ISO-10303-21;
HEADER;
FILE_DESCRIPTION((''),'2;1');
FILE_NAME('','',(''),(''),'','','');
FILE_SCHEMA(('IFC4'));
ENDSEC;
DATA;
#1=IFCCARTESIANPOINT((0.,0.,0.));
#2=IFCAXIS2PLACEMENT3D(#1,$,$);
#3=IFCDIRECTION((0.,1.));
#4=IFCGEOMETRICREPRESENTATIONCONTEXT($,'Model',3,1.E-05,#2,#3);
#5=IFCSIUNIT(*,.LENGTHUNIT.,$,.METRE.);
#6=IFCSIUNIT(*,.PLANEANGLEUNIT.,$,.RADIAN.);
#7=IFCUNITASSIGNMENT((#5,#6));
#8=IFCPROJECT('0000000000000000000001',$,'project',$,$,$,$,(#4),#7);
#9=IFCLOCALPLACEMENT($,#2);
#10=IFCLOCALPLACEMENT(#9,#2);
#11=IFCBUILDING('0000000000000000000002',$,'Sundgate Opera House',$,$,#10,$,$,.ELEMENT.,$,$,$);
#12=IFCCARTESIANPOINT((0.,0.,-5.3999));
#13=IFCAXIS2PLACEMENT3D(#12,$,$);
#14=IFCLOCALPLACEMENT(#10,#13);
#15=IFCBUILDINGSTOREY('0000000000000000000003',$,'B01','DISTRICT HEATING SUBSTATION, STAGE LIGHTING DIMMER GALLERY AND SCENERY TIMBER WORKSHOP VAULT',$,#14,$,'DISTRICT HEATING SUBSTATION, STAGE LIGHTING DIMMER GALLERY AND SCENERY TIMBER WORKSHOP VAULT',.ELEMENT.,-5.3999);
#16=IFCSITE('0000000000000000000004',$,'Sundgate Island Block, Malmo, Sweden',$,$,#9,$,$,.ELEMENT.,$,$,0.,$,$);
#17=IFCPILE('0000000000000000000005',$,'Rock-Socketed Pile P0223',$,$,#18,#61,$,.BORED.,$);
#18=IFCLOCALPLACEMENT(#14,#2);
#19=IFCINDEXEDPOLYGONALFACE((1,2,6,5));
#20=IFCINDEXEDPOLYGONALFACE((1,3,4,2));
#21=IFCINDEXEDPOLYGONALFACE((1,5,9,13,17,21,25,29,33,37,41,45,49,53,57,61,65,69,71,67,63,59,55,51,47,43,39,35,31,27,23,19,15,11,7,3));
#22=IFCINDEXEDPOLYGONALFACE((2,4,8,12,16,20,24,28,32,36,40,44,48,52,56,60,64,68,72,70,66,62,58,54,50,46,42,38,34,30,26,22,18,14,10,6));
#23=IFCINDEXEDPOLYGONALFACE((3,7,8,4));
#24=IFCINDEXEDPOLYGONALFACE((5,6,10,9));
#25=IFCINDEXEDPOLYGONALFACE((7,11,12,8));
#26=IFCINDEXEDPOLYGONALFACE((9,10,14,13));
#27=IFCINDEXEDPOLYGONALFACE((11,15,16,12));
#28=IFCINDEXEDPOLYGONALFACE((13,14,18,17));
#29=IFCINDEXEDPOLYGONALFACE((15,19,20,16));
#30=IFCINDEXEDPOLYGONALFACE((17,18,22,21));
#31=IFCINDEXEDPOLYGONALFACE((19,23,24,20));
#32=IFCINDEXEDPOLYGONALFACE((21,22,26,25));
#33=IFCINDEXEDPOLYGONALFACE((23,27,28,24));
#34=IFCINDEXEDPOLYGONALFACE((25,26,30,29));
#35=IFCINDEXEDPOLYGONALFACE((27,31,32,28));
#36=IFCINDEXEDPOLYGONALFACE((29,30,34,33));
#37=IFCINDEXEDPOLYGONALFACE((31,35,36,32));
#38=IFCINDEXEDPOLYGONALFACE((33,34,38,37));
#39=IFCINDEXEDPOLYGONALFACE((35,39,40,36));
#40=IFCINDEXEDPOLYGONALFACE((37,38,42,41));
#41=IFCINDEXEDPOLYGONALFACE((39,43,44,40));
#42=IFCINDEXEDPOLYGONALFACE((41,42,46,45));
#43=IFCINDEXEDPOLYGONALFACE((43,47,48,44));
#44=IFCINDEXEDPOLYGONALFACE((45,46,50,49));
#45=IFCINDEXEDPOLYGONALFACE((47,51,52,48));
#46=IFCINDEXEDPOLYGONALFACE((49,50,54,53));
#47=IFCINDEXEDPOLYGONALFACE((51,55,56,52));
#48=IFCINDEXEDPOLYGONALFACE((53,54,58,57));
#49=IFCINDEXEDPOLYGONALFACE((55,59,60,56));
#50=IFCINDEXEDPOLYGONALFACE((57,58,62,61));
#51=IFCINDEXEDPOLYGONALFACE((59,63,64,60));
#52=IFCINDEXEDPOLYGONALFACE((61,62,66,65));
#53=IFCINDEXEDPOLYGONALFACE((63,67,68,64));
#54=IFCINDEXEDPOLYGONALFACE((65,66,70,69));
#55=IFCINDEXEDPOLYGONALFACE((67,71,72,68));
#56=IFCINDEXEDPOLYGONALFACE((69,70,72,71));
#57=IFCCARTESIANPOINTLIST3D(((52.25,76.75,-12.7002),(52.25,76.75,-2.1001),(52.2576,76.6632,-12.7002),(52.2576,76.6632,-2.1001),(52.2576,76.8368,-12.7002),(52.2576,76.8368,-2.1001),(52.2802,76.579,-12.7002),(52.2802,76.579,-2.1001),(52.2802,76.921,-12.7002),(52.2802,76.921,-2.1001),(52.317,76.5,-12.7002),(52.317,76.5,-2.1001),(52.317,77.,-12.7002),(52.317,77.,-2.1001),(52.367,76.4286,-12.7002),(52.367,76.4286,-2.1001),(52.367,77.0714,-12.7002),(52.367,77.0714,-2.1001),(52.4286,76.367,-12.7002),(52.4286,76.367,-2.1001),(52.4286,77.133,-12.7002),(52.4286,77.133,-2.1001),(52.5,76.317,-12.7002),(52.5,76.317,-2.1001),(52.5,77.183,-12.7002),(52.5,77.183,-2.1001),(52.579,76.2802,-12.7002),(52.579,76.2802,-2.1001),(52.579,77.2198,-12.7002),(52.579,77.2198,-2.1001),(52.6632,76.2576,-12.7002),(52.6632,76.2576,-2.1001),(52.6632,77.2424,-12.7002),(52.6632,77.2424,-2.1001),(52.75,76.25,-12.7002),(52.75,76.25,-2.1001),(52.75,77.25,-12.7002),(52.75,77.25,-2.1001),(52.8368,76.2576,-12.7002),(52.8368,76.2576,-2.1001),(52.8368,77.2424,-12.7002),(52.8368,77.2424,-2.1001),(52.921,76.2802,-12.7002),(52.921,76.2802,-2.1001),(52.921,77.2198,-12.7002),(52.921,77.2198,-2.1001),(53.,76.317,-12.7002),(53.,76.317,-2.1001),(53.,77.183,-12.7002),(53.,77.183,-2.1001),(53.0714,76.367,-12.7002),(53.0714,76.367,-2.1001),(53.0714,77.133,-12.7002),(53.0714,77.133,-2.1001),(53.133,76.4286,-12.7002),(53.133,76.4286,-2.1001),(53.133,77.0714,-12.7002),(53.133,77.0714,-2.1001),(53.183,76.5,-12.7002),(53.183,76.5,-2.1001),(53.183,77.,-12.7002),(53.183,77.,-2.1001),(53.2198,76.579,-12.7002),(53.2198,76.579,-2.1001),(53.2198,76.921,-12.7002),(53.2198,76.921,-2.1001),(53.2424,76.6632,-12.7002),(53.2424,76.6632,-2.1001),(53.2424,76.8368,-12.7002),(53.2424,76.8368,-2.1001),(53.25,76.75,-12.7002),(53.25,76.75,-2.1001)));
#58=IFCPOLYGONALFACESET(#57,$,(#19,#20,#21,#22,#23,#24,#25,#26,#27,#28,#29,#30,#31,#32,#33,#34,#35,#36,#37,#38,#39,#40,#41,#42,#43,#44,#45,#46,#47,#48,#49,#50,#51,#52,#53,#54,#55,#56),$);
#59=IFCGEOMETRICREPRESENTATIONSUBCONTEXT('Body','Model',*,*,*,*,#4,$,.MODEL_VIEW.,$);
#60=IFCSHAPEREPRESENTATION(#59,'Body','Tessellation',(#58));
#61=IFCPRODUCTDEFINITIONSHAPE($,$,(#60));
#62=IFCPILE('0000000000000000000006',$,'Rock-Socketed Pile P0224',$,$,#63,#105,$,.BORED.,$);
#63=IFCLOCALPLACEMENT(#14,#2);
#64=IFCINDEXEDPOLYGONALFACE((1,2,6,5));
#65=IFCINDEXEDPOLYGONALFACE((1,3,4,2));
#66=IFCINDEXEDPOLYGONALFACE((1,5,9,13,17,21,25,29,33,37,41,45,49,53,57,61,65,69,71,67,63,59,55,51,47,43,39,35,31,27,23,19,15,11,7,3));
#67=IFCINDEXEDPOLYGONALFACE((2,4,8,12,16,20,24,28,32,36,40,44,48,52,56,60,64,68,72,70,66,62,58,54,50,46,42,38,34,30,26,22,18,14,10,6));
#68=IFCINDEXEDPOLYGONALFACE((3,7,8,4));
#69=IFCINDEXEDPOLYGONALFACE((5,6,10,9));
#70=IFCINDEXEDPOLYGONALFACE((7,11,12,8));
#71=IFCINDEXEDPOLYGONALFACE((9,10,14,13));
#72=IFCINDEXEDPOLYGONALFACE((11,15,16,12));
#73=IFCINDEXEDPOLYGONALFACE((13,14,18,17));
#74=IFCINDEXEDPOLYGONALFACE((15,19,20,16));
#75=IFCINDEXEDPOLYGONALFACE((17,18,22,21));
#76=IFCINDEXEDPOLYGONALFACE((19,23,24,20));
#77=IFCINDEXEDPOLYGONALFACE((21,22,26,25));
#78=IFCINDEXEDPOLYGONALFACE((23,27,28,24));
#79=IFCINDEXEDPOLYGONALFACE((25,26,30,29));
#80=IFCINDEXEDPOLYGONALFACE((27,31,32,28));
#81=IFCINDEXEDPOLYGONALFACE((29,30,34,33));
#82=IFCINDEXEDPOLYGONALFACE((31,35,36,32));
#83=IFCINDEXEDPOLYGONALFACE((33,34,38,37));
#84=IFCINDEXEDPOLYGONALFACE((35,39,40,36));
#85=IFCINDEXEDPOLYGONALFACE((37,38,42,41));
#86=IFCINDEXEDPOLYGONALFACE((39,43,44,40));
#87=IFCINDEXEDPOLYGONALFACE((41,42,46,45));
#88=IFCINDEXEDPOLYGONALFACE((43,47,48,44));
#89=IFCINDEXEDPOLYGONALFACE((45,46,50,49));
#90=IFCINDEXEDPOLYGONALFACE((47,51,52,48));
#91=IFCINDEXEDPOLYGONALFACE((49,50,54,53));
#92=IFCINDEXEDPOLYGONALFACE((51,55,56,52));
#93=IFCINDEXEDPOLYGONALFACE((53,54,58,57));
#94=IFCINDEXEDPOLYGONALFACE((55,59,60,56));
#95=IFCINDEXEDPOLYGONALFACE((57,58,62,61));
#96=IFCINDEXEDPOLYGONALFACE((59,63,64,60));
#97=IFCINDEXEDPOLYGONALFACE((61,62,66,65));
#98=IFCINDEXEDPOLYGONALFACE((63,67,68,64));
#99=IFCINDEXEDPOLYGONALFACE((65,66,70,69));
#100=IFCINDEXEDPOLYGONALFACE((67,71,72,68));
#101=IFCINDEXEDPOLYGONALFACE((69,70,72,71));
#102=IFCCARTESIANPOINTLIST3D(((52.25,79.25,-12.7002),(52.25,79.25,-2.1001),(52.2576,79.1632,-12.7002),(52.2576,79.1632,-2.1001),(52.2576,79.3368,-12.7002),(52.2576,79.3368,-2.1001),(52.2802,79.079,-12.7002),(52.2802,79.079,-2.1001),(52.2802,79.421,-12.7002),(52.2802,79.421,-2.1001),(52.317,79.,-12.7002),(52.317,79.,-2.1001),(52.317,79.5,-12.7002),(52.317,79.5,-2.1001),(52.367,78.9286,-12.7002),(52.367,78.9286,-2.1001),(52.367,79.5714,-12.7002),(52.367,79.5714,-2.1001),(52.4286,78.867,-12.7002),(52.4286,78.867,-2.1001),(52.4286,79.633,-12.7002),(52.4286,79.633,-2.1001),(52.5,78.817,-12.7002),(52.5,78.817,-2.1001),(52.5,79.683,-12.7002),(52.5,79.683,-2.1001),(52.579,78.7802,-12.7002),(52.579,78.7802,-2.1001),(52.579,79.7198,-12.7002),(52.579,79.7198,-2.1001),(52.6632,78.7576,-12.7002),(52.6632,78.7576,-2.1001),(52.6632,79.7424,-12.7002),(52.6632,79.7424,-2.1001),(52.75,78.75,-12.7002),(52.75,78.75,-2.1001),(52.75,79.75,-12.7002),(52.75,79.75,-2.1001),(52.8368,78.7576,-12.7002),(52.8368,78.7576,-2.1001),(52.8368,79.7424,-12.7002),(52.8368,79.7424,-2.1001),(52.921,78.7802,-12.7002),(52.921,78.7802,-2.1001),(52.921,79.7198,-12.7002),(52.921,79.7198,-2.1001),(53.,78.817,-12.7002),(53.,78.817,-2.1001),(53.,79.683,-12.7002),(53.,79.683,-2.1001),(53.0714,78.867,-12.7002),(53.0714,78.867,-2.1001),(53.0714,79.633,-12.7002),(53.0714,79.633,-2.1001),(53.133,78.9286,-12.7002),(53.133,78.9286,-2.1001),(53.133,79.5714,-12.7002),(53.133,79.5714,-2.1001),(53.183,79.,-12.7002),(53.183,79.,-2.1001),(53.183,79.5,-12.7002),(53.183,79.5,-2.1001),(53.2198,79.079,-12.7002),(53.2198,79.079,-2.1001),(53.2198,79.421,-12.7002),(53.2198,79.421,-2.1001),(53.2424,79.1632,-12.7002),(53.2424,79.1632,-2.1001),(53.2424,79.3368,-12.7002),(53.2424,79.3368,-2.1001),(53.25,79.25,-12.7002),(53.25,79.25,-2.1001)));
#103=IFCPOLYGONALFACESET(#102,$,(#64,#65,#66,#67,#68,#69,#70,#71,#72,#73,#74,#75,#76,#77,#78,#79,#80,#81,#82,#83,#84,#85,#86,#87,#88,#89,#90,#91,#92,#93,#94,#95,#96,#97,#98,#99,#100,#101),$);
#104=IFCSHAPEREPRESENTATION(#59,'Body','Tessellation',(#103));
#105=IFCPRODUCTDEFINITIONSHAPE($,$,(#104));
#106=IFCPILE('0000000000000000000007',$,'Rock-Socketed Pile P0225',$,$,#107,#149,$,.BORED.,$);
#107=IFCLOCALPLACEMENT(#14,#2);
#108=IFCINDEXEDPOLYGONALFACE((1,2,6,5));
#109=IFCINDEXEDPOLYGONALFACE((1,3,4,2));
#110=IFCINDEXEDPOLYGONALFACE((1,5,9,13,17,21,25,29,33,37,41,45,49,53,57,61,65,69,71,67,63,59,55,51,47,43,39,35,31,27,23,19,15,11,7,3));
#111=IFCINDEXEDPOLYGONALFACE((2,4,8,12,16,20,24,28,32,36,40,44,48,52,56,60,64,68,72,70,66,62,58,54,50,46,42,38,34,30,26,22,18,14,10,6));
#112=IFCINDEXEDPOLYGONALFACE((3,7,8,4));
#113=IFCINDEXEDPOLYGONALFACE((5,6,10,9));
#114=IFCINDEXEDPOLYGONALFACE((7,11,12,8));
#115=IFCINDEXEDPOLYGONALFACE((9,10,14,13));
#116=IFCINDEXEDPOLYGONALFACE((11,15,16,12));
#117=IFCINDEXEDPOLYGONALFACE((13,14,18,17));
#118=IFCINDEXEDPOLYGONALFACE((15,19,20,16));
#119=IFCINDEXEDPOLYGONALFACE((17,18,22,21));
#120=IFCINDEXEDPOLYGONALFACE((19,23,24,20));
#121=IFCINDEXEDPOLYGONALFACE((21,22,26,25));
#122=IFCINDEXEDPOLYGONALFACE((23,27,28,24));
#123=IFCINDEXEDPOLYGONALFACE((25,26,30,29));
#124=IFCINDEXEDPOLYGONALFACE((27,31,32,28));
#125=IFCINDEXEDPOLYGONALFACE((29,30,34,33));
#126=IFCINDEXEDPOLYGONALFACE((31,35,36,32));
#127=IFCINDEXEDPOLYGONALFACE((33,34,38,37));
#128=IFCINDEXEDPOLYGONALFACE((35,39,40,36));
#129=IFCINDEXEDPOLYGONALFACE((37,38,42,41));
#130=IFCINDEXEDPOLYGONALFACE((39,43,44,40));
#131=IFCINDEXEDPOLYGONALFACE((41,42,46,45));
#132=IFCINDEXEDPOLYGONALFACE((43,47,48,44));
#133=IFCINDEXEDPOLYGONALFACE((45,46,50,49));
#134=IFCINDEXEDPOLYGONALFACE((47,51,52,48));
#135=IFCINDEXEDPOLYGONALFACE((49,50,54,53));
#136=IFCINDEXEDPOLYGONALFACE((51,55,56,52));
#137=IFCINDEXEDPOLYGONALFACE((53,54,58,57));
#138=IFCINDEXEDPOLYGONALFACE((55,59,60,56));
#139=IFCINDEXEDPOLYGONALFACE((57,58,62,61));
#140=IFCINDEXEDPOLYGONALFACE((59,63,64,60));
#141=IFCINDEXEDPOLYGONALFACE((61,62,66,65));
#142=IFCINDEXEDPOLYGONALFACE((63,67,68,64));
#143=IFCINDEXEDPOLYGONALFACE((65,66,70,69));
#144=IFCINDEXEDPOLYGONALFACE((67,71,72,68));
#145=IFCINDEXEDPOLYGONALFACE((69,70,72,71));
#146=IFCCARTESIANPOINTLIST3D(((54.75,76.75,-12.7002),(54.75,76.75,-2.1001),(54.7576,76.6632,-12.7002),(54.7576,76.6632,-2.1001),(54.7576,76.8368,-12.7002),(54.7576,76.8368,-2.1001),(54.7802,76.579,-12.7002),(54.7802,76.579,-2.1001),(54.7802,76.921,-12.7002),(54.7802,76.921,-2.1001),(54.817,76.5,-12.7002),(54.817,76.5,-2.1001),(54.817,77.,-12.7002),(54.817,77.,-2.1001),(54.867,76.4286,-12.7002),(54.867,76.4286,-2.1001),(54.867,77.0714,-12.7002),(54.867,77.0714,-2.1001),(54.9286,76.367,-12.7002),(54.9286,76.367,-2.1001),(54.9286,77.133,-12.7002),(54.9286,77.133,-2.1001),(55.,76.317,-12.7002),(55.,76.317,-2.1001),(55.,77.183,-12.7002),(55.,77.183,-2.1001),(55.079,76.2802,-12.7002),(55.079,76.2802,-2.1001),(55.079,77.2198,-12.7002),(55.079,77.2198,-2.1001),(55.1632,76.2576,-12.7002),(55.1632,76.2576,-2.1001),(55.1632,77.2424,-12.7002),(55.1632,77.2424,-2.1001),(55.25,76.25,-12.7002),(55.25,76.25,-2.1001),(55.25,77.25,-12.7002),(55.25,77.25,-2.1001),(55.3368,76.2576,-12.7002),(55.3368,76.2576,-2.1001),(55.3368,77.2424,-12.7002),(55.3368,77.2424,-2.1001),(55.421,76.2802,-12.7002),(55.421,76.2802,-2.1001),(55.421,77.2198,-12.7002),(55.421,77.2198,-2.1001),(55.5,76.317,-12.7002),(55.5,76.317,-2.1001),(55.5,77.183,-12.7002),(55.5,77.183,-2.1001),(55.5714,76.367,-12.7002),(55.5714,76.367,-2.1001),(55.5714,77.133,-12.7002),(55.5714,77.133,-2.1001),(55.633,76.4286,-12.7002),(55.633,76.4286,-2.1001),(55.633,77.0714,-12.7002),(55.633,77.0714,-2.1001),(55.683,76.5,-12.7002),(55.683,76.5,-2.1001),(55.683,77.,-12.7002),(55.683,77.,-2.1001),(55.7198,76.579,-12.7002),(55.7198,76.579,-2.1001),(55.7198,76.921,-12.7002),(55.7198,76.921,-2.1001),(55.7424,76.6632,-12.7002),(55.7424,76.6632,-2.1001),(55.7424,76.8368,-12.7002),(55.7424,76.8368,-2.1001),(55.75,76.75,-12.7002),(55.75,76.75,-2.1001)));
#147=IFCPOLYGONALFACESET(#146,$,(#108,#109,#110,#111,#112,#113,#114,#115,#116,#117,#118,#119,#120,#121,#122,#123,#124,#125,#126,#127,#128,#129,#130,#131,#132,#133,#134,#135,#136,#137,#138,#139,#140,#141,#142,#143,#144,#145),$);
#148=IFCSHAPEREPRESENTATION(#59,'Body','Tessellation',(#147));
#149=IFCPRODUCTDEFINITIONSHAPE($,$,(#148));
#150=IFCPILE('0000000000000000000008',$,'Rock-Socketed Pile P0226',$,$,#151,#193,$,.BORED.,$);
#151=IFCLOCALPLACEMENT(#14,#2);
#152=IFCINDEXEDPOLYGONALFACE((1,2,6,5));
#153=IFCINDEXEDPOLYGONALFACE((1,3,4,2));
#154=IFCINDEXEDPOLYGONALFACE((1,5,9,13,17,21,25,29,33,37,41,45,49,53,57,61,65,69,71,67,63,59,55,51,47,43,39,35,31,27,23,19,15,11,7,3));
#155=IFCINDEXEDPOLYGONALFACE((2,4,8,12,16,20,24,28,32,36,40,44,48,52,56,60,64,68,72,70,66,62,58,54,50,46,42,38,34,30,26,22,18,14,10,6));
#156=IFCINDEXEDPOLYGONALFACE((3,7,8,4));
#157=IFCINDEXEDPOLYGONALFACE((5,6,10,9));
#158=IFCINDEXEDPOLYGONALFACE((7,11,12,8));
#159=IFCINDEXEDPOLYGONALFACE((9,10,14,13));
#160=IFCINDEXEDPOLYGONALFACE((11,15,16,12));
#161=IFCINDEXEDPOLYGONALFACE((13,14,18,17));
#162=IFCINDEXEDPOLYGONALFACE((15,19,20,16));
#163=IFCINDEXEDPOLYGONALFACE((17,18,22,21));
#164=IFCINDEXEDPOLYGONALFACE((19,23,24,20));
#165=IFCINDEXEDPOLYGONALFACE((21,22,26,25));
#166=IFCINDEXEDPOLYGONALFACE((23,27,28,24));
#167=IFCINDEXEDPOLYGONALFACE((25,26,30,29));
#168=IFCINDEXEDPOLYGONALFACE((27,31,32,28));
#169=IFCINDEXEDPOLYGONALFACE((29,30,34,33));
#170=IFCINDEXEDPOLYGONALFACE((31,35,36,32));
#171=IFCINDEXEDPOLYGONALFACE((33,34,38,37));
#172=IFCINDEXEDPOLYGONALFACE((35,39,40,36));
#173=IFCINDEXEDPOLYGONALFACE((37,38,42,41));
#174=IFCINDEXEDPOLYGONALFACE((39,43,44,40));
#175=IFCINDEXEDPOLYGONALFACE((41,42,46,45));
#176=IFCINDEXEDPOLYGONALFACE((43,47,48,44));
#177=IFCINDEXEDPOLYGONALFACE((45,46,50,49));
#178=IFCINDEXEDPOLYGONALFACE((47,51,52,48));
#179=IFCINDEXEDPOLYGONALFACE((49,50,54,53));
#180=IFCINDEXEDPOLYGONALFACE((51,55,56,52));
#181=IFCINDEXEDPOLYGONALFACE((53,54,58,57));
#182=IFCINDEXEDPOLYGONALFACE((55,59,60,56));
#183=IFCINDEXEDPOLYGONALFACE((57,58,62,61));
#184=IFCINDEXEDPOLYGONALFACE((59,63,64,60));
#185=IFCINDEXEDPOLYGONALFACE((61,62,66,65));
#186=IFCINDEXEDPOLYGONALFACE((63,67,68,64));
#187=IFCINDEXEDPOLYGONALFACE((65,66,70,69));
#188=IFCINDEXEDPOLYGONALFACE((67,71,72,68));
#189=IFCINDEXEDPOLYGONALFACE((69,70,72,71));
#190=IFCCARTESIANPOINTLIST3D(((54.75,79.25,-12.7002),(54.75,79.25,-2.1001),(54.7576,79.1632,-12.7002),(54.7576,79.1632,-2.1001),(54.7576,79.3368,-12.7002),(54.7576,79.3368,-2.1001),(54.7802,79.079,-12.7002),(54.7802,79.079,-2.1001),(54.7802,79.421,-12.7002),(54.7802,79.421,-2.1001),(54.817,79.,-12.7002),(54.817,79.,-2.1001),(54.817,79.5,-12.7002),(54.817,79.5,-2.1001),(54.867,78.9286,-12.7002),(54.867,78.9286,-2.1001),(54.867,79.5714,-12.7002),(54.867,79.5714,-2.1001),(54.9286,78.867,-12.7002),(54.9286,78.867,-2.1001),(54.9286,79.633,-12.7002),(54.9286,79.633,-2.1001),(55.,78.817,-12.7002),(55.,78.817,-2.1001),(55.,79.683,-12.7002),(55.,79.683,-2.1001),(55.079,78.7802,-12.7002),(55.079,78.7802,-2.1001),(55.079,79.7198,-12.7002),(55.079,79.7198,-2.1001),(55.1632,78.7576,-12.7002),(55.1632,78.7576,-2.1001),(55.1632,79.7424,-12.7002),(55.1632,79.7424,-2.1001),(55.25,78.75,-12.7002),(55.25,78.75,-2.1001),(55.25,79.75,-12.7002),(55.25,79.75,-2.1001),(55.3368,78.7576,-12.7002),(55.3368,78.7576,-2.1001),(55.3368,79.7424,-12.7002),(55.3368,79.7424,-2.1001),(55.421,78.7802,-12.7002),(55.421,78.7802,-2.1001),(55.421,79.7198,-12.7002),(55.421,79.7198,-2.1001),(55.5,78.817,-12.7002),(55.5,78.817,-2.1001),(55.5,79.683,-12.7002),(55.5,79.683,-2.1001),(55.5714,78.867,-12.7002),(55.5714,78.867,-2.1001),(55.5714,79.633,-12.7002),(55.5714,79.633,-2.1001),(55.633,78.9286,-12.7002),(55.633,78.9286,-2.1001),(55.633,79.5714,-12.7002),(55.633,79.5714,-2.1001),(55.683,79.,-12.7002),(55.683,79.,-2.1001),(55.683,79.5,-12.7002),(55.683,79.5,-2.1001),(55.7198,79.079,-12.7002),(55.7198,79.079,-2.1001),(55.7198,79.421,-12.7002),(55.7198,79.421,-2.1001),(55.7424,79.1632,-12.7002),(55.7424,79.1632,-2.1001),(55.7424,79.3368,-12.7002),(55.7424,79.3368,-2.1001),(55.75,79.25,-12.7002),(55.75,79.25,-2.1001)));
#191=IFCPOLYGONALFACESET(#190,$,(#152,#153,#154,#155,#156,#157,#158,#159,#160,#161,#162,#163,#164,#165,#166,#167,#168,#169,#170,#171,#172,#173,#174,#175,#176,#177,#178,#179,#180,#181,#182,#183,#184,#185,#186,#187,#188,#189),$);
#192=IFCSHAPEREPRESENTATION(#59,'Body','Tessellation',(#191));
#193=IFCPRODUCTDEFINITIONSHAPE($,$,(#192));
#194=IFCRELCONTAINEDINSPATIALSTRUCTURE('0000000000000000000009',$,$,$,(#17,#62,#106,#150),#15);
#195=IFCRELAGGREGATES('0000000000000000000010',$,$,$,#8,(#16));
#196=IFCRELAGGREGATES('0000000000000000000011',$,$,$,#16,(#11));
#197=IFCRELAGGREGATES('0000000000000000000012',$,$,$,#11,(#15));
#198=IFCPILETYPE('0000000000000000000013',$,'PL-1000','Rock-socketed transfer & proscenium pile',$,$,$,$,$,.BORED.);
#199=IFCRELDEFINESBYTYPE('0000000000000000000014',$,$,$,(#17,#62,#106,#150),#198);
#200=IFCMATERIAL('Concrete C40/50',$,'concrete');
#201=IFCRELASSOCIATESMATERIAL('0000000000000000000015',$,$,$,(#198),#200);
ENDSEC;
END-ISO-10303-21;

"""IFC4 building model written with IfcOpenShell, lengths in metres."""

from ifc_helpers import new_model, si_unit, direction, frame, origin, origin_2d, place, context, subcontext, project, spatial, circle, extrude, material, material_profile, profile_set, type_object, element, save


model = new_model("IFC4")

# Units and contexts
model_context = context("Model", 3, precision=1e-05, world=origin(), true_north=direction((0.0, 1.0)))
body_context = subcontext(model_context, "Body", "Model", "MODEL_VIEW")
ifc_project = project(units=[si_unit("LENGTHUNIT", "METRE"), si_unit("PLANEANGLEUNIT", "RADIAN")], contexts=[model_context])

# Site, building, storey
site_placement = place(None, origin())
site = spatial("IfcSite", under=ifc_project, at=site_placement, Name="Sundgate Island Block, Malmo, Sweden", CompositionType="ELEMENT", RefElevation=0.0)
building_placement = place(site_placement, origin())
building = spatial("IfcBuilding", under=site, at=building_placement, Name="Sundgate Opera House", CompositionType="ELEMENT")
storey_placement = place(building_placement, frame((0.0, 0.0, -5.3999)))
storey = spatial("IfcBuildingStorey", under=building, at=storey_placement, Name="B01", Description="DISTRICT HEATING SUBSTATION, STAGE LIGHTING DIMMER GALLERY AND SCENERY TIMBER WORKSHOP VAULT", LongName="DISTRICT HEATING SUBSTATION, STAGE LIGHTING DIMMER GALLERY AND SCENERY TIMBER WORKSHOP VAULT", CompositionType="ELEMENT", Elevation=-5.3999)

# Piles
ifc_material_1 = material(Name="Concrete C40/50", Category="concrete")
ifc_material_profile_1 = material_profile(ifc_material_1, circle(Radius=0.5, at=origin_2d()), Name="PILE D1000")
ifc_profile_set_1 = profile_set([ifc_material_profile_1], Name="Concrete C40/50")
pile_type_1 = type_object("IfcPileType", Name="PL-1000", Description="Rock-socketed transfer & proscenium pile", PredefinedType="BORED", material=ifc_profile_set_1)
for number, where, z_axis, x_axis, name in (
    (1, (52.75, 76.75, -2.1001), (0.0, 0.0, -1.0), (1.0, 0.0, 0.0), "Rock-Socketed Pile P0223"),
    (2, (52.75, 79.25, -2.1001), (0.0, 0.0, -1.0), (1.0, 0.0, 0.0), "Rock-Socketed Pile P0224"),
    (3, (55.25, 76.75, -2.1001), (0.0, 0.0, -1.0), (1.0, 0.0, 0.0), "Rock-Socketed Pile P0225"),
    (4, (55.25, 79.25, -2.1001), (0.0, 0.0, -1.0), (1.0, 0.0, 0.0), "Rock-Socketed Pile P0226"),
):
    element("IfcPile", number, at=place(storey_placement, frame(where, z_axis=z_axis, x_axis=x_axis)), inside=storey, type_object=pile_type_1, Name=name, PredefinedType="BORED", context=body_context, shape_type="SweptSolid", body=[
        extrude(circle(Radius=0.5, at=origin_2d()), origin(), (0.0, 0.0, 1.0), 10.6001),
    ])

save(model, "model.ifc")
